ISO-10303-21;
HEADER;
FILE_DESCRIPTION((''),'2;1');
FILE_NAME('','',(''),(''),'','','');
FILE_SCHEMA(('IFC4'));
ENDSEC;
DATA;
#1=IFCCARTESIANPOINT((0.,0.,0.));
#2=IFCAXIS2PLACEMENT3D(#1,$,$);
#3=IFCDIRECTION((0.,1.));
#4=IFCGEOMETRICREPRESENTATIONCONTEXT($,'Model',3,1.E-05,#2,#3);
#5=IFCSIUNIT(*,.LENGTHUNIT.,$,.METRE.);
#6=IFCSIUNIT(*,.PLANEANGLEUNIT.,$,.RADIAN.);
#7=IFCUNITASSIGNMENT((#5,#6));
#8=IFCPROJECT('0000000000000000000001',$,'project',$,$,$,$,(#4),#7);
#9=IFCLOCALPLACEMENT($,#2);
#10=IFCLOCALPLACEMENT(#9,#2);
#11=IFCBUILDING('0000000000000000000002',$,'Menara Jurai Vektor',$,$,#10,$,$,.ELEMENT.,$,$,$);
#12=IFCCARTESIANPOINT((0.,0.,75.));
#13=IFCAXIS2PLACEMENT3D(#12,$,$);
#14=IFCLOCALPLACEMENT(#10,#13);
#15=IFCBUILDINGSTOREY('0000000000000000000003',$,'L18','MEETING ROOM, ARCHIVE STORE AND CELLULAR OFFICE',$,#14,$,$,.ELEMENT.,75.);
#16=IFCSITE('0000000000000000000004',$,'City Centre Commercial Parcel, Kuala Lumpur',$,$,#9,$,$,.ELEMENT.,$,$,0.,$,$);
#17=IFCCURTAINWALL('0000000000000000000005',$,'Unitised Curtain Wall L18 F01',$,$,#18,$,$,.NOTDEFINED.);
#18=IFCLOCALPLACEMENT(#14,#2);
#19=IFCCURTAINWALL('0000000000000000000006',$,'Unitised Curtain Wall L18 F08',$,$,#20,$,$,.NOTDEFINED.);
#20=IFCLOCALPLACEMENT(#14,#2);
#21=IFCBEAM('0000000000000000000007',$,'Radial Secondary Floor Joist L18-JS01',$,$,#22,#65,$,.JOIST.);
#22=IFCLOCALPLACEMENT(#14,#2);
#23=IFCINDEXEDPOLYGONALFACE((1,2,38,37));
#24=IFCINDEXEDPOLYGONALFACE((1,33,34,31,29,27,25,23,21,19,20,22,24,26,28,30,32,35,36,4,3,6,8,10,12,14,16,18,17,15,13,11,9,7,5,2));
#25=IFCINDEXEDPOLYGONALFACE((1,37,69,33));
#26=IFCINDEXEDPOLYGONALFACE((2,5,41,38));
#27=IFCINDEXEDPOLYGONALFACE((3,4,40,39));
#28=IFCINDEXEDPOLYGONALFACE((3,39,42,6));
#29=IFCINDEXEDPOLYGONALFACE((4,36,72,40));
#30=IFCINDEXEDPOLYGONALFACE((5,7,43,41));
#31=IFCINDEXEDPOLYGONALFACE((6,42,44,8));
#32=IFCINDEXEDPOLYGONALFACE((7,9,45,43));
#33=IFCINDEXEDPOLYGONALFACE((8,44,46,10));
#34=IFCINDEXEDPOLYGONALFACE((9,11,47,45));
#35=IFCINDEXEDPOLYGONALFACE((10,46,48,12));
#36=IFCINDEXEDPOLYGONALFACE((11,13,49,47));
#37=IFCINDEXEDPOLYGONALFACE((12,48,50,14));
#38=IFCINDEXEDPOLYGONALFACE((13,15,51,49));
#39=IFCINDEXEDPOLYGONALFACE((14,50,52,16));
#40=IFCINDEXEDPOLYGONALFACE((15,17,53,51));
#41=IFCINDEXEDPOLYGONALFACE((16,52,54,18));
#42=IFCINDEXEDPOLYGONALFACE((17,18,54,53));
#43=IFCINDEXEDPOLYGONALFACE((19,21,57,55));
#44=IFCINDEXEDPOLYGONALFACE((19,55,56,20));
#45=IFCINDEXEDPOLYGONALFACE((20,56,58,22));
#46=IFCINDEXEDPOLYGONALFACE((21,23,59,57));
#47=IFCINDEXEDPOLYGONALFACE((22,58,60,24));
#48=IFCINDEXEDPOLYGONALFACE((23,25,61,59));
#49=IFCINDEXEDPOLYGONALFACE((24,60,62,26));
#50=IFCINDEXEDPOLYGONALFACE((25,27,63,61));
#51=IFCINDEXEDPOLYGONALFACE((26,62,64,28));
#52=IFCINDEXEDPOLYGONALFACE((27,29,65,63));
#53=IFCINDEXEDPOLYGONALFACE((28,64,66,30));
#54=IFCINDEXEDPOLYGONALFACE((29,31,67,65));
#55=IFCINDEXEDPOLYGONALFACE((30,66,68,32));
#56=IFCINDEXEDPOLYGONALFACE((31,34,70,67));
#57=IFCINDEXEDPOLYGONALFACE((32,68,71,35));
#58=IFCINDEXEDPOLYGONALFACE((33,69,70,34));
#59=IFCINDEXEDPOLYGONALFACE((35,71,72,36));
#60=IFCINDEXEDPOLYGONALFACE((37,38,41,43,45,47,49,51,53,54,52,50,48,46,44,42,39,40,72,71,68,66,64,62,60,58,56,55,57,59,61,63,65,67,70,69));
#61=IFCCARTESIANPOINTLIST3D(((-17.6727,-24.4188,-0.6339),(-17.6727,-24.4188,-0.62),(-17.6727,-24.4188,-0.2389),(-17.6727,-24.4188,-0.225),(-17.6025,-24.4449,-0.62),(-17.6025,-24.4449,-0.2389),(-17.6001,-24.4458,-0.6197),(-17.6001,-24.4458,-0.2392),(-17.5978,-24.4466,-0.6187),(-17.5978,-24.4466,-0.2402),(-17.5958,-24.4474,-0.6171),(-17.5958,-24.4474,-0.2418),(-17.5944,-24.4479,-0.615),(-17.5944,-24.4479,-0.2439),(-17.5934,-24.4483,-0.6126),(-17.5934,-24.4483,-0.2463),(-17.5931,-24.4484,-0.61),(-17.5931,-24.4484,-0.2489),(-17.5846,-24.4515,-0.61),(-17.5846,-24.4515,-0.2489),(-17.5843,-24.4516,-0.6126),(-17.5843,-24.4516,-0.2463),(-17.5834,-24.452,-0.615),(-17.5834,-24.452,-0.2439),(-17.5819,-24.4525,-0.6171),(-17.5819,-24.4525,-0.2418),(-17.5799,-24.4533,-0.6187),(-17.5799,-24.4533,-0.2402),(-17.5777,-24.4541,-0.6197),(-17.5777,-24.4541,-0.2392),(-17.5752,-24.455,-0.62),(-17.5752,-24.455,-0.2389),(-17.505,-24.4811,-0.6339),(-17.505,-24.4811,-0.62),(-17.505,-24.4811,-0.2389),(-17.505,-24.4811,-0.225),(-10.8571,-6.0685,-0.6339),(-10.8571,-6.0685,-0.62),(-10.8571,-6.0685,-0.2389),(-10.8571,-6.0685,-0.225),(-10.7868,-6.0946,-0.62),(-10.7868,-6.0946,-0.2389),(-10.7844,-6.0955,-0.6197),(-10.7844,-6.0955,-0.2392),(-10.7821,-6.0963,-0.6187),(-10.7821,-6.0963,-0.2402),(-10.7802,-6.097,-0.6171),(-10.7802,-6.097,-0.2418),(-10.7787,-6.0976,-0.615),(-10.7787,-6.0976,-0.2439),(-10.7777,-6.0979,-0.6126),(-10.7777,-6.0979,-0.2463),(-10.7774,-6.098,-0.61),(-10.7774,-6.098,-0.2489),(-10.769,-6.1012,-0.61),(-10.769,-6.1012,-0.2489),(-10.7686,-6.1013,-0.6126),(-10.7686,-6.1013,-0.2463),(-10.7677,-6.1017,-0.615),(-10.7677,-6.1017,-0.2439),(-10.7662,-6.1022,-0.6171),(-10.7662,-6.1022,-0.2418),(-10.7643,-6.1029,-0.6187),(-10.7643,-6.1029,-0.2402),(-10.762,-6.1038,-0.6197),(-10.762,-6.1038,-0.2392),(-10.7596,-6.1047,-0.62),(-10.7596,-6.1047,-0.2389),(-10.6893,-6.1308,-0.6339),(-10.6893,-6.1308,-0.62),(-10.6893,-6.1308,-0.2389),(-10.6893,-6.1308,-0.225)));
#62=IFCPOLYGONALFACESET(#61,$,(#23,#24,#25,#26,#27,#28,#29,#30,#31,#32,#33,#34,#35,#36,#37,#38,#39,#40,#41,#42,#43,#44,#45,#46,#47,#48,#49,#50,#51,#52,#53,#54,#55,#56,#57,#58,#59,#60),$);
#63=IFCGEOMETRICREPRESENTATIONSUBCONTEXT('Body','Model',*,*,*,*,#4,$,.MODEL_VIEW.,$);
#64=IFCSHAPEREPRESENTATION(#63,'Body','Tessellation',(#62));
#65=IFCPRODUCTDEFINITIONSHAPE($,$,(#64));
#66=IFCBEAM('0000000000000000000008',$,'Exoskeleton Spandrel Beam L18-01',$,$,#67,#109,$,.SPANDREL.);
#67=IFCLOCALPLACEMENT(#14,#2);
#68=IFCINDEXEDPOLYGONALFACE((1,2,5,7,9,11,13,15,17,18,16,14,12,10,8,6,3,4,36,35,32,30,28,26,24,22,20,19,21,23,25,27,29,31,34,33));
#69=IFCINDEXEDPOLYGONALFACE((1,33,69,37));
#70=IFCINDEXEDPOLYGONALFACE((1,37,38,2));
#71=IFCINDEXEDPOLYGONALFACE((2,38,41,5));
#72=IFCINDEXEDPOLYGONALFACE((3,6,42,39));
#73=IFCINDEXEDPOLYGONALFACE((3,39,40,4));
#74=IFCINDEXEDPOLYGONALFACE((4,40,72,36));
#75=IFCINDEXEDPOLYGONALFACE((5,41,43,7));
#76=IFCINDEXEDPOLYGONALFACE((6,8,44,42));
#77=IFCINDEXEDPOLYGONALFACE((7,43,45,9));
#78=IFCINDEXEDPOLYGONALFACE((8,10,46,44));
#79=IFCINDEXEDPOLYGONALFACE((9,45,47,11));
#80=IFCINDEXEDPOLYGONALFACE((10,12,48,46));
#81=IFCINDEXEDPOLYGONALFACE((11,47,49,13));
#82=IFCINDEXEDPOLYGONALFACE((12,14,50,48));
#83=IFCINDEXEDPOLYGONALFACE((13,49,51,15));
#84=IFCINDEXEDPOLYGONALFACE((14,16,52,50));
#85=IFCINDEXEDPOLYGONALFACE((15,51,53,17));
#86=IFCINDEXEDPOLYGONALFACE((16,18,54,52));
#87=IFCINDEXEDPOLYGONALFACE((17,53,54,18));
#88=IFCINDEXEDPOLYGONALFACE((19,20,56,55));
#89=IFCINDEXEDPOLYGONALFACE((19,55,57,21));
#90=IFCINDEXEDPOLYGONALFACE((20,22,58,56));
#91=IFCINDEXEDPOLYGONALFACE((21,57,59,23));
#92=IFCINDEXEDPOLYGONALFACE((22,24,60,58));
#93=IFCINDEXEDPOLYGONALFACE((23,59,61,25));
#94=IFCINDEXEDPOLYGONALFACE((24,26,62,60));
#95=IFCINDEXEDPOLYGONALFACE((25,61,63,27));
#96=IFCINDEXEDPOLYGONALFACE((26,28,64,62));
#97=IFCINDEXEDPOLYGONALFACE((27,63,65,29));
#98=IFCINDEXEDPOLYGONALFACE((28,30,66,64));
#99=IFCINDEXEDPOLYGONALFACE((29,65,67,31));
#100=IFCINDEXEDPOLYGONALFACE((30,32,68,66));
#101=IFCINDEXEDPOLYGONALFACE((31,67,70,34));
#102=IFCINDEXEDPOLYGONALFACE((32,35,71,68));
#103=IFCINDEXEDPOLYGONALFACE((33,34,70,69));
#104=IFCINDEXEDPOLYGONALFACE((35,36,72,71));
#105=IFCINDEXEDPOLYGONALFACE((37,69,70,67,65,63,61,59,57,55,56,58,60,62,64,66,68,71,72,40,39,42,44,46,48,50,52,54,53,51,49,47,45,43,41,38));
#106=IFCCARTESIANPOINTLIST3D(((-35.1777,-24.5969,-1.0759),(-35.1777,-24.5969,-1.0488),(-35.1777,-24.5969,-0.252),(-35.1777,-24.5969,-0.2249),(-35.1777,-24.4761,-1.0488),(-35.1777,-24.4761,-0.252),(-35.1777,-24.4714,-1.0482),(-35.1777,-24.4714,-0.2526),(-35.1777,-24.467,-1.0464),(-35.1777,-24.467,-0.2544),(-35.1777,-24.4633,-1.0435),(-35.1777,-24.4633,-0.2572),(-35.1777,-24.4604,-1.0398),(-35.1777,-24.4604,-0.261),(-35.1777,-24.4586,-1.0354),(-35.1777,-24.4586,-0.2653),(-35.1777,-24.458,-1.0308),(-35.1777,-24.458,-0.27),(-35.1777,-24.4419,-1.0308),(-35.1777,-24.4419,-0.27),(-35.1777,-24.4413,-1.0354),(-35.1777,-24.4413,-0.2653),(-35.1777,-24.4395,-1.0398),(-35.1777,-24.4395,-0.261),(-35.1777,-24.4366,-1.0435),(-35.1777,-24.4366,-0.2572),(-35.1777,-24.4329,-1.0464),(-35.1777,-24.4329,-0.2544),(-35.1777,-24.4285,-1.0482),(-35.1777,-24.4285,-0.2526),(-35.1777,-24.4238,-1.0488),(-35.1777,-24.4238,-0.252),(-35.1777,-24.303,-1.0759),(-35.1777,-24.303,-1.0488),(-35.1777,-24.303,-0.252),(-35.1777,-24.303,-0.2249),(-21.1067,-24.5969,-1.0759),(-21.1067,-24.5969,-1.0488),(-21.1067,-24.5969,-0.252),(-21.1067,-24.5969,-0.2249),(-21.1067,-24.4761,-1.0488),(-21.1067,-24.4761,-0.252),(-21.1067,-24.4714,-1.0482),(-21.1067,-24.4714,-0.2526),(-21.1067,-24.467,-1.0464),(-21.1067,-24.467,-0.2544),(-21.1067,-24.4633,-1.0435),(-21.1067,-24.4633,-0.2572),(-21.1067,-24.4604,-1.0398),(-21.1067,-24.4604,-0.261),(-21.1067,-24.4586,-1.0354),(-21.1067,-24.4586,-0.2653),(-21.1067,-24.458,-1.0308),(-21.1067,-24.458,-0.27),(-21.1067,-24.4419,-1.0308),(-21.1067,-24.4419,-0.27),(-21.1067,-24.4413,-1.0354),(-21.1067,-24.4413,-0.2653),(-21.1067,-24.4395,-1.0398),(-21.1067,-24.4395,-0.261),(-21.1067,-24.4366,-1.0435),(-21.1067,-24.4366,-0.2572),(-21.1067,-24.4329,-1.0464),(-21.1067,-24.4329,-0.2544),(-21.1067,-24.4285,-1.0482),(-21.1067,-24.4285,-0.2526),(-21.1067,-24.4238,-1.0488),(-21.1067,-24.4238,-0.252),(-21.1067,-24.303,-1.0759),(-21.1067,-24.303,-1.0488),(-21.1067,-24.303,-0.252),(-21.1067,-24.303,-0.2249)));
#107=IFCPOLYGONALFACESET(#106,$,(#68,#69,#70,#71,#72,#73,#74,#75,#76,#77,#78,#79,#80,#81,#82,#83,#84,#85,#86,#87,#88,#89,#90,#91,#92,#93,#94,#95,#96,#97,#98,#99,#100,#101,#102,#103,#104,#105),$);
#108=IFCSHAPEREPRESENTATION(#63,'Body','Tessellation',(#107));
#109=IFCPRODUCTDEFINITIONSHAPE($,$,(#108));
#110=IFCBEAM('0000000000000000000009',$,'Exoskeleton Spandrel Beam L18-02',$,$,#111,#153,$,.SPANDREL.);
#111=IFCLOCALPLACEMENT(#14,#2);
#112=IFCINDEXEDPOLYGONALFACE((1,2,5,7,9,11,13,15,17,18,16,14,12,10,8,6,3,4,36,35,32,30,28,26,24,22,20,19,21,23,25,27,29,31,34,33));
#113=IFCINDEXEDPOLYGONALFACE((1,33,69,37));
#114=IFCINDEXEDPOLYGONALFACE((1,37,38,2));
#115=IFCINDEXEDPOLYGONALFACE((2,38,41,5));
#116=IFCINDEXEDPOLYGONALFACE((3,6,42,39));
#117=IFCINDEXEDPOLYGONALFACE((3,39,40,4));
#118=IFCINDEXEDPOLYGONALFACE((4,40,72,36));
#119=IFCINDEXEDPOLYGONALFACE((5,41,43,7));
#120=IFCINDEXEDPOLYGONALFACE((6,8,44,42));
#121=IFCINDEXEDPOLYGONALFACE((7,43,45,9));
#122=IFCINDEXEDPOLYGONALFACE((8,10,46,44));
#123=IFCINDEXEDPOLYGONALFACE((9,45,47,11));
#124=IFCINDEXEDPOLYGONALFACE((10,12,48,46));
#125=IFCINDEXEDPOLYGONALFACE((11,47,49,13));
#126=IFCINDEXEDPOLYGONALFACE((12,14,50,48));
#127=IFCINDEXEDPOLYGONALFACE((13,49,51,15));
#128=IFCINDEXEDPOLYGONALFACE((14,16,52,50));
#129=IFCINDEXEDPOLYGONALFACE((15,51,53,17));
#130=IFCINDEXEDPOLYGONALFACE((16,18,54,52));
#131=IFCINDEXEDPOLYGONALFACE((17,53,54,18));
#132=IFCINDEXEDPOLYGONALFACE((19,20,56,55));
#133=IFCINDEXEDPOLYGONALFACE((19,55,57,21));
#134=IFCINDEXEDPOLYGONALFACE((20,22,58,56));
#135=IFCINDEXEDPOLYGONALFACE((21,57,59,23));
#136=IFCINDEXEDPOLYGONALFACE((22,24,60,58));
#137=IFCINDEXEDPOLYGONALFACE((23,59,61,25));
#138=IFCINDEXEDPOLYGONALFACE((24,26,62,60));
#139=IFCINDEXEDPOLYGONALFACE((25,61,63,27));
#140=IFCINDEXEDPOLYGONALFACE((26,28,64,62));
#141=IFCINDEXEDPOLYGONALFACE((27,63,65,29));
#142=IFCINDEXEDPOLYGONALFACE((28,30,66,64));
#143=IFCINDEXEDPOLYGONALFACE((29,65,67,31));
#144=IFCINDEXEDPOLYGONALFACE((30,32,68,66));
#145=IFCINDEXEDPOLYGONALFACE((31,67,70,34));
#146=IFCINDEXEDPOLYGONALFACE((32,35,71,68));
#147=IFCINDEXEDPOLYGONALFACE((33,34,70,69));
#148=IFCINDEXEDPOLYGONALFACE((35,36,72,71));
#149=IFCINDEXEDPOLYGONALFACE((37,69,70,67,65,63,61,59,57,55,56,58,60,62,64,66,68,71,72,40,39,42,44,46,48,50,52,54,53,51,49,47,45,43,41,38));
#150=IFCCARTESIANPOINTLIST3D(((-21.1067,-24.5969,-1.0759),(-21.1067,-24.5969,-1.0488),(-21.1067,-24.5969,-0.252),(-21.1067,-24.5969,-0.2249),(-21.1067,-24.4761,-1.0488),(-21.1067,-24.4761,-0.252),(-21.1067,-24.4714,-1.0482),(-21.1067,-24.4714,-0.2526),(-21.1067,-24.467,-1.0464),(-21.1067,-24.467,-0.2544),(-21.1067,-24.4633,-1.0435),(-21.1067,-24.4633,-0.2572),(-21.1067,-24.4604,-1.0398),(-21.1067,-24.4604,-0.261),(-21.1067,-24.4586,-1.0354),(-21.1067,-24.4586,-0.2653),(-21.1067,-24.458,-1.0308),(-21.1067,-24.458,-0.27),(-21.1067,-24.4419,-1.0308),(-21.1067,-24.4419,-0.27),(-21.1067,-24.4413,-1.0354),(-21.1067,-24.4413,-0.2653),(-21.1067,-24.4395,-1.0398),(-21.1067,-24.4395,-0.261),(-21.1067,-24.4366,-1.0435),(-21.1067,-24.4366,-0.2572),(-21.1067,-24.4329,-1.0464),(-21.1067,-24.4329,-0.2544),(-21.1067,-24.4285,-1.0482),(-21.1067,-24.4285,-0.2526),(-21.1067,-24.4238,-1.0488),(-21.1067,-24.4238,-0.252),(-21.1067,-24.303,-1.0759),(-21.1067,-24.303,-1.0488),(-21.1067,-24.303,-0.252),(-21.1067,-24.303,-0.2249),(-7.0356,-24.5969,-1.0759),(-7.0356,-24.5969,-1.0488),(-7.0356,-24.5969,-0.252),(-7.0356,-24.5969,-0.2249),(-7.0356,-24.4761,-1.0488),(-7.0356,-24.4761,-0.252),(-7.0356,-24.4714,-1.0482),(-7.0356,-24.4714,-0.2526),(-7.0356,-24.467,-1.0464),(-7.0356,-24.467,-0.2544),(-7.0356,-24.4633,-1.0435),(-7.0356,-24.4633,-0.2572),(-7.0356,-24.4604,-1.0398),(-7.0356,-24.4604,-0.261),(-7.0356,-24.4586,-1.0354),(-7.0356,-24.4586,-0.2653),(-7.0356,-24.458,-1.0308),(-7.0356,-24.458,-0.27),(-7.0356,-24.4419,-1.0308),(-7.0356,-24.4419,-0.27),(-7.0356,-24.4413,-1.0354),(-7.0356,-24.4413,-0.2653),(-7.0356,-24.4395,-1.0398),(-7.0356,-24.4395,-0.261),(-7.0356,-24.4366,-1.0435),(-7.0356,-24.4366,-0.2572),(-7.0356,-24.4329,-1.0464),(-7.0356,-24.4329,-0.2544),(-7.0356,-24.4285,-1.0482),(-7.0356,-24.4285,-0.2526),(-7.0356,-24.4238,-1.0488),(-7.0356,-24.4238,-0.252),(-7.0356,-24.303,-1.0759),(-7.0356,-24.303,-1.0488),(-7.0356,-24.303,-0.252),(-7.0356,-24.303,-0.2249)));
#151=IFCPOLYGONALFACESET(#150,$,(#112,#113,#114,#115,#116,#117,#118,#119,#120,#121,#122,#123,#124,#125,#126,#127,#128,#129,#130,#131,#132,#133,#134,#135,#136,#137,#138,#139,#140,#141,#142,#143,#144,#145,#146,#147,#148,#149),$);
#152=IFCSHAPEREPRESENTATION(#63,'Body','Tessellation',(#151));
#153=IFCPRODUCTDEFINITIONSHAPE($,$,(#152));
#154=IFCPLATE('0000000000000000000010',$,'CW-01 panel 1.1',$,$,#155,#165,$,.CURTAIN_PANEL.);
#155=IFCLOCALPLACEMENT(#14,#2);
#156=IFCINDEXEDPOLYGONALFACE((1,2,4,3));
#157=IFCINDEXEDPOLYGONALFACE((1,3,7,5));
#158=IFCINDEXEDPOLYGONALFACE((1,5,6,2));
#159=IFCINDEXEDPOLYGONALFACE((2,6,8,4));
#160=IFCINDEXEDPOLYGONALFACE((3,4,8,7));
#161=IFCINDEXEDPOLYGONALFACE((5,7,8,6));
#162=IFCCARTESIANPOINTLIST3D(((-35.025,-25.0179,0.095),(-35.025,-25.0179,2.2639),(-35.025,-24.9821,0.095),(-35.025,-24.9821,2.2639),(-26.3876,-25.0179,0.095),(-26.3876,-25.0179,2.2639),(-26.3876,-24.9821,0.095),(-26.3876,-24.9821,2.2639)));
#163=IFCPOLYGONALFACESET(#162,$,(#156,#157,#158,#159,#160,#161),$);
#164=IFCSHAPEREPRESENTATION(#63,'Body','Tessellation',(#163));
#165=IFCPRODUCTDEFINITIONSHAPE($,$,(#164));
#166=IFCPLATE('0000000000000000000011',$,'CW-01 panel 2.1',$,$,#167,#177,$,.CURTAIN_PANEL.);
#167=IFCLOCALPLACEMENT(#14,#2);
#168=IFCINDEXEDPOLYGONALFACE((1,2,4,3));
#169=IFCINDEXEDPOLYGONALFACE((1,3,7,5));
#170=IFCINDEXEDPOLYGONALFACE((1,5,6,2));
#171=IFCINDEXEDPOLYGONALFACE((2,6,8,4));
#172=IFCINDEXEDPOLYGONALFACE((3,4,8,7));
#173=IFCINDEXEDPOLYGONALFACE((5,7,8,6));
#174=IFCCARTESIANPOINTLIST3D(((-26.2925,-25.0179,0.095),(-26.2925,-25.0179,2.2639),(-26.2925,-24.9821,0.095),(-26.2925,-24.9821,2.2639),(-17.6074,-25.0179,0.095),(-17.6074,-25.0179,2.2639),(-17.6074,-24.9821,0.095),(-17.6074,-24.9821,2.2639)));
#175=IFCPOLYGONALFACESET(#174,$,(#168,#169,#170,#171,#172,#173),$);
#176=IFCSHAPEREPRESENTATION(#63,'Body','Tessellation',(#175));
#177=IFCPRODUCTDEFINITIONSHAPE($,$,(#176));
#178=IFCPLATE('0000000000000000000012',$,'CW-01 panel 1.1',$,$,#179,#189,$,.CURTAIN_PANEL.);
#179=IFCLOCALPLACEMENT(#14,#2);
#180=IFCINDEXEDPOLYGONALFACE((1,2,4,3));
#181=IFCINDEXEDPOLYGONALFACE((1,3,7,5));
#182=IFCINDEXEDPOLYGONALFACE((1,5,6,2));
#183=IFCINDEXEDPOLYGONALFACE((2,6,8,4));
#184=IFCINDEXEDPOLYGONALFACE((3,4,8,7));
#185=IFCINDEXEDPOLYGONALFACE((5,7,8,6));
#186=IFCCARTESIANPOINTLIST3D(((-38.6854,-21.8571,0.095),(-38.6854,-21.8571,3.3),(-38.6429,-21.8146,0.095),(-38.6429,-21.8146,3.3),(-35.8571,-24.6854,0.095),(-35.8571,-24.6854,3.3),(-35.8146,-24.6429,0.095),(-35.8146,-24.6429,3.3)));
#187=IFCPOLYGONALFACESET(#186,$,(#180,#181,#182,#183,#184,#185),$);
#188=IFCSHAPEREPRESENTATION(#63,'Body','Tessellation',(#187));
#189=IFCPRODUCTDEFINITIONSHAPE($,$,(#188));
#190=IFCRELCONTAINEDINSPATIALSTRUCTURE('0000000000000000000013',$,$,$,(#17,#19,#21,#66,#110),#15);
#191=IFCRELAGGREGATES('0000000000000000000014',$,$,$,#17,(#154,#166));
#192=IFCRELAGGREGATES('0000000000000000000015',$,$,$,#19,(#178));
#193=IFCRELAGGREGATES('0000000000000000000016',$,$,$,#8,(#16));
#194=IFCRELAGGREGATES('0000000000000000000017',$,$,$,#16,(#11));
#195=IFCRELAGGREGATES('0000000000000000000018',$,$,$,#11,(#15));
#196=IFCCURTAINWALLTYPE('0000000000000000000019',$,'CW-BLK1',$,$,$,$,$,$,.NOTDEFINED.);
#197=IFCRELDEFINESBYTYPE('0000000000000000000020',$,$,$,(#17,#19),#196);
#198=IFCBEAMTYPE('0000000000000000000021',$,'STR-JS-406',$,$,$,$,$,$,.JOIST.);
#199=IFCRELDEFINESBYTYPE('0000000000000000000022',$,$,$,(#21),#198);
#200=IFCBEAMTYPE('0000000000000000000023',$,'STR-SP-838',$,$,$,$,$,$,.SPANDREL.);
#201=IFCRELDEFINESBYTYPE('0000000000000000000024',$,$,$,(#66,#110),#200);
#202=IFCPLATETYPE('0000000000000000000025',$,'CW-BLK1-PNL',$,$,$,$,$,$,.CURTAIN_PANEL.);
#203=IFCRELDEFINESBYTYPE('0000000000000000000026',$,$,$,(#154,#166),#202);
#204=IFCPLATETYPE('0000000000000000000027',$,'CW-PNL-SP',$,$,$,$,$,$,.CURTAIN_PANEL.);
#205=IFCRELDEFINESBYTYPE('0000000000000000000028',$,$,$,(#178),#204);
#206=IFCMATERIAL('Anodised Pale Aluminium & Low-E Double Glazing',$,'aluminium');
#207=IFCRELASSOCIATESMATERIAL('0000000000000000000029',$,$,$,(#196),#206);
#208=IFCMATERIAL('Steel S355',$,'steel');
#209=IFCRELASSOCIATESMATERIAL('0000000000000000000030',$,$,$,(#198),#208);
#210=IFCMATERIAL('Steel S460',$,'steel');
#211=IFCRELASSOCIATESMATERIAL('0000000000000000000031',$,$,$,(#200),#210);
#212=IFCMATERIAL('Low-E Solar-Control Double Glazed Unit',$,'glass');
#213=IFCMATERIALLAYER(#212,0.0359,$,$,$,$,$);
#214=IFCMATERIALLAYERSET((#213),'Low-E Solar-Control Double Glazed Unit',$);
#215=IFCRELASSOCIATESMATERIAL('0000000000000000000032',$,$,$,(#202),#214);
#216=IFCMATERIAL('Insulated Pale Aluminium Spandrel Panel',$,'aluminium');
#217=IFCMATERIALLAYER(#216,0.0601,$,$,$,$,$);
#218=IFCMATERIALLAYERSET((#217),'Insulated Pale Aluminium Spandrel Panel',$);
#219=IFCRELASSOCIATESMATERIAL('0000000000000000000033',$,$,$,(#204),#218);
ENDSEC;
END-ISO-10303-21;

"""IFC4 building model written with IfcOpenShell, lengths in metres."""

from ifc_helpers import new_model, si_unit, direction, frame, origin, origin_2d, place, context, subcontext, project, spatial, rectangle, i_section, extrude, material, layer, layer_set, material_profile, profile_set, type_object, element, aggregate, save


model = new_model("IFC4")

# Units and contexts
model_context = context("Model", 3, precision=1e-05, world=origin(), true_north=direction((0.0, 1.0)))
body_context = subcontext(model_context, "Body", "Model", "MODEL_VIEW")
ifc_project = project(units=[si_unit("LENGTHUNIT", "METRE"), si_unit("PLANEANGLEUNIT", "RADIAN")], contexts=[model_context])

# Site, building, storey
site_placement = place(None, origin())
site = spatial("IfcSite", under=ifc_project, at=site_placement, Name="City Centre Commercial Parcel, Kuala Lumpur", CompositionType="ELEMENT", RefElevation=0.0)
building_placement = place(site_placement, origin())
building = spatial("IfcBuilding", under=site, at=building_placement, Name="Menara Jurai Vektor", CompositionType="ELEMENT")
storey_placement = place(building_placement, frame((0.0, 0.0, 75.0)))
storey = spatial("IfcBuildingStorey", under=building, at=storey_placement, Name="L18", Description="MEETING ROOM, ARCHIVE STORE AND CELLULAR OFFICE", CompositionType="ELEMENT", Elevation=75.0)

# Shared definitions
ifc_material_1 = material(Name="Steel S460", Category="steel")

# Curtain walls
ifc_material_2 = material(Name="Anodised Pale Aluminium & Low-E Double Glazing", Category="aluminium")
curtain_wall_type = type_object("IfcCurtainWallType", Name="CW-BLK1", PredefinedType="NOTDEFINED", material=ifc_material_2)
curtain_wall_1_placement = place(storey_placement, origin())
curtain_wall_1 = element("IfcCurtainWall", 1, at=curtain_wall_1_placement, inside=storey, type_object=curtain_wall_type, Name="Unitised Curtain Wall L18 F01", PredefinedType="NOTDEFINED")
curtain_wall_2_placement = place(storey_placement, origin())
curtain_wall_2 = element("IfcCurtainWall", 2, at=curtain_wall_2_placement, inside=storey, type_object=curtain_wall_type, Name="Unitised Curtain Wall L18 F08", PredefinedType="NOTDEFINED")

# Beams
ifc_material_3 = material(Name="Steel S355", Category="steel")
ifc_material_profile_1 = material_profile(ifc_material_3, i_section(OverallWidth=0.179, OverallDepth=0.4089, WebThickness=0.009, FlangeThickness=0.0139, FilletRadius=0.01, at=origin_2d()), Name="UKB 406x178x67")
ifc_profile_set_1 = profile_set([ifc_material_profile_1], Name="Steel S355")
beam_type_1 = type_object("IfcBeamType", Name="STR-JS-406", PredefinedType="JOIST", material=ifc_profile_set_1)
beam_1_placement = place(storey_placement, frame((-17.5889, -24.45, -0.4294), z_axis=(0.348179, 0.937428, 0.0), x_axis=(-0.937428, 0.348179, 0.0)))
element("IfcBeam", 3, at=beam_1_placement, inside=storey, type_object=beam_type_1, Name="Radial Secondary Floor Joist L18-JS01", PredefinedType="JOIST", context=body_context, shape_type="SweptSolid", body=[
    extrude(i_section(OverallWidth=0.179, OverallDepth=0.4089, WebThickness=0.009, FlangeThickness=0.0139, FilletRadius=0.01, at=origin_2d()), origin(), (0.0, 0.0, 1.0), 19.5752),
])
ifc_material_profile_2 = material_profile(ifc_material_1, i_section(OverallWidth=0.2939, OverallDepth=0.8511, WebThickness=0.0161, FlangeThickness=0.0271, FilletRadius=0.0181, at=origin_2d()), Name="UKB 838x292x226")
ifc_profile_set_2 = profile_set([ifc_material_profile_2], Name="Steel S460")
beam_type_2 = type_object("IfcBeamType", Name="STR-SP-838", PredefinedType="SPANDREL", material=ifc_profile_set_2)
for number, where, z_axis, x_axis, name in (
    (4, (-35.1777, -24.45, -0.6504), (1.0, 0.0, 0.0), (0.0, 1.0, 0.0), "Exoskeleton Spandrel Beam L18-01"),
    (5, (-21.1067, -24.45, -0.6504), (1.0, 0.0, 0.0), (0.0, 1.0, 0.0), "Exoskeleton Spandrel Beam L18-02"),
):
    element("IfcBeam", number, at=place(storey_placement, frame(where, z_axis=z_axis, x_axis=x_axis)), inside=storey, type_object=beam_type_2, Name=name, PredefinedType="SPANDREL", context=body_context, shape_type="SweptSolid", body=[
        extrude(i_section(OverallWidth=0.2939, OverallDepth=0.8511, WebThickness=0.0161, FlangeThickness=0.0271, FilletRadius=0.0181, at=origin_2d()), origin(), (0.0, 0.0, 1.0), 14.071),
    ])

# Plates
ifc_material_4 = material(Name="Low-E Solar-Control Double Glazed Unit", Category="glass")
ifc_layer_1 = layer(ifc_material_4, 0.0359)
ifc_layer_set_1 = layer_set([ifc_layer_1], Name="Low-E Solar-Control Double Glazed Unit")
plate_type_1 = type_object("IfcPlateType", Name="CW-BLK1-PNL", PredefinedType="CURTAIN_PANEL", material=ifc_layer_set_1)
plate_1_placement = place(storey_placement, frame((-30.7063, -25.0, 0.095), z_axis=(0.0, 0.0, 1.0), x_axis=(1.0, 0.0, 0.0)))
plate_1 = element("IfcPlate", 6, at=plate_1_placement, type_object=plate_type_1, Name="CW-01 panel 1.1", PredefinedType="CURTAIN_PANEL", context=body_context, shape_type="SweptSolid", body=[
    extrude(rectangle(XDim=8.6375, YDim=0.0359, at=origin_2d()), origin(), (0.0, 0.0, 1.0), 2.1689),
])
plate_2_placement = place(storey_placement, frame((-21.95, -25.0, 0.095), z_axis=(0.0, 0.0, 1.0), x_axis=(1.0, 0.0, 0.0)))
plate_2 = element("IfcPlate", 7, at=plate_2_placement, type_object=plate_type_1, Name="CW-01 panel 2.1", PredefinedType="CURTAIN_PANEL", context=body_context, shape_type="SweptSolid", body=[
    extrude(rectangle(XDim=8.6851, YDim=0.0359, at=origin_2d()), origin(), (0.0, 0.0, 1.0), 2.1689),
])
aggregate(curtain_wall_1, [plate_1, plate_2])
ifc_material_5 = material(Name="Insulated Pale Aluminium Spandrel Panel", Category="aluminium")
ifc_layer_2 = layer(ifc_material_5, 0.0601)
ifc_layer_set_2 = layer_set([ifc_layer_2], Name="Insulated Pale Aluminium Spandrel Panel")
plate_type_2 = type_object("IfcPlateType", Name="CW-PNL-SP", PredefinedType="CURTAIN_PANEL", material=ifc_layer_set_2)
plate_3_placement = place(storey_placement, frame((-37.25, -23.25, 0.095), z_axis=(0.0, 0.0, 1.0), x_axis=(0.707107, -0.707107, 0.0)))
plate_3 = element("IfcPlate", 8, at=plate_3_placement, type_object=plate_type_2, Name="CW-01 panel 1.1", PredefinedType="CURTAIN_PANEL", context=body_context, shape_type="SweptSolid", body=[
    extrude(rectangle(XDim=3.9998, YDim=0.0601, at=origin_2d()), origin(), (0.0, 0.0, 1.0), 3.2051),
])
aggregate(curtain_wall_2, [plate_3])

save(model, "model.ifc")
